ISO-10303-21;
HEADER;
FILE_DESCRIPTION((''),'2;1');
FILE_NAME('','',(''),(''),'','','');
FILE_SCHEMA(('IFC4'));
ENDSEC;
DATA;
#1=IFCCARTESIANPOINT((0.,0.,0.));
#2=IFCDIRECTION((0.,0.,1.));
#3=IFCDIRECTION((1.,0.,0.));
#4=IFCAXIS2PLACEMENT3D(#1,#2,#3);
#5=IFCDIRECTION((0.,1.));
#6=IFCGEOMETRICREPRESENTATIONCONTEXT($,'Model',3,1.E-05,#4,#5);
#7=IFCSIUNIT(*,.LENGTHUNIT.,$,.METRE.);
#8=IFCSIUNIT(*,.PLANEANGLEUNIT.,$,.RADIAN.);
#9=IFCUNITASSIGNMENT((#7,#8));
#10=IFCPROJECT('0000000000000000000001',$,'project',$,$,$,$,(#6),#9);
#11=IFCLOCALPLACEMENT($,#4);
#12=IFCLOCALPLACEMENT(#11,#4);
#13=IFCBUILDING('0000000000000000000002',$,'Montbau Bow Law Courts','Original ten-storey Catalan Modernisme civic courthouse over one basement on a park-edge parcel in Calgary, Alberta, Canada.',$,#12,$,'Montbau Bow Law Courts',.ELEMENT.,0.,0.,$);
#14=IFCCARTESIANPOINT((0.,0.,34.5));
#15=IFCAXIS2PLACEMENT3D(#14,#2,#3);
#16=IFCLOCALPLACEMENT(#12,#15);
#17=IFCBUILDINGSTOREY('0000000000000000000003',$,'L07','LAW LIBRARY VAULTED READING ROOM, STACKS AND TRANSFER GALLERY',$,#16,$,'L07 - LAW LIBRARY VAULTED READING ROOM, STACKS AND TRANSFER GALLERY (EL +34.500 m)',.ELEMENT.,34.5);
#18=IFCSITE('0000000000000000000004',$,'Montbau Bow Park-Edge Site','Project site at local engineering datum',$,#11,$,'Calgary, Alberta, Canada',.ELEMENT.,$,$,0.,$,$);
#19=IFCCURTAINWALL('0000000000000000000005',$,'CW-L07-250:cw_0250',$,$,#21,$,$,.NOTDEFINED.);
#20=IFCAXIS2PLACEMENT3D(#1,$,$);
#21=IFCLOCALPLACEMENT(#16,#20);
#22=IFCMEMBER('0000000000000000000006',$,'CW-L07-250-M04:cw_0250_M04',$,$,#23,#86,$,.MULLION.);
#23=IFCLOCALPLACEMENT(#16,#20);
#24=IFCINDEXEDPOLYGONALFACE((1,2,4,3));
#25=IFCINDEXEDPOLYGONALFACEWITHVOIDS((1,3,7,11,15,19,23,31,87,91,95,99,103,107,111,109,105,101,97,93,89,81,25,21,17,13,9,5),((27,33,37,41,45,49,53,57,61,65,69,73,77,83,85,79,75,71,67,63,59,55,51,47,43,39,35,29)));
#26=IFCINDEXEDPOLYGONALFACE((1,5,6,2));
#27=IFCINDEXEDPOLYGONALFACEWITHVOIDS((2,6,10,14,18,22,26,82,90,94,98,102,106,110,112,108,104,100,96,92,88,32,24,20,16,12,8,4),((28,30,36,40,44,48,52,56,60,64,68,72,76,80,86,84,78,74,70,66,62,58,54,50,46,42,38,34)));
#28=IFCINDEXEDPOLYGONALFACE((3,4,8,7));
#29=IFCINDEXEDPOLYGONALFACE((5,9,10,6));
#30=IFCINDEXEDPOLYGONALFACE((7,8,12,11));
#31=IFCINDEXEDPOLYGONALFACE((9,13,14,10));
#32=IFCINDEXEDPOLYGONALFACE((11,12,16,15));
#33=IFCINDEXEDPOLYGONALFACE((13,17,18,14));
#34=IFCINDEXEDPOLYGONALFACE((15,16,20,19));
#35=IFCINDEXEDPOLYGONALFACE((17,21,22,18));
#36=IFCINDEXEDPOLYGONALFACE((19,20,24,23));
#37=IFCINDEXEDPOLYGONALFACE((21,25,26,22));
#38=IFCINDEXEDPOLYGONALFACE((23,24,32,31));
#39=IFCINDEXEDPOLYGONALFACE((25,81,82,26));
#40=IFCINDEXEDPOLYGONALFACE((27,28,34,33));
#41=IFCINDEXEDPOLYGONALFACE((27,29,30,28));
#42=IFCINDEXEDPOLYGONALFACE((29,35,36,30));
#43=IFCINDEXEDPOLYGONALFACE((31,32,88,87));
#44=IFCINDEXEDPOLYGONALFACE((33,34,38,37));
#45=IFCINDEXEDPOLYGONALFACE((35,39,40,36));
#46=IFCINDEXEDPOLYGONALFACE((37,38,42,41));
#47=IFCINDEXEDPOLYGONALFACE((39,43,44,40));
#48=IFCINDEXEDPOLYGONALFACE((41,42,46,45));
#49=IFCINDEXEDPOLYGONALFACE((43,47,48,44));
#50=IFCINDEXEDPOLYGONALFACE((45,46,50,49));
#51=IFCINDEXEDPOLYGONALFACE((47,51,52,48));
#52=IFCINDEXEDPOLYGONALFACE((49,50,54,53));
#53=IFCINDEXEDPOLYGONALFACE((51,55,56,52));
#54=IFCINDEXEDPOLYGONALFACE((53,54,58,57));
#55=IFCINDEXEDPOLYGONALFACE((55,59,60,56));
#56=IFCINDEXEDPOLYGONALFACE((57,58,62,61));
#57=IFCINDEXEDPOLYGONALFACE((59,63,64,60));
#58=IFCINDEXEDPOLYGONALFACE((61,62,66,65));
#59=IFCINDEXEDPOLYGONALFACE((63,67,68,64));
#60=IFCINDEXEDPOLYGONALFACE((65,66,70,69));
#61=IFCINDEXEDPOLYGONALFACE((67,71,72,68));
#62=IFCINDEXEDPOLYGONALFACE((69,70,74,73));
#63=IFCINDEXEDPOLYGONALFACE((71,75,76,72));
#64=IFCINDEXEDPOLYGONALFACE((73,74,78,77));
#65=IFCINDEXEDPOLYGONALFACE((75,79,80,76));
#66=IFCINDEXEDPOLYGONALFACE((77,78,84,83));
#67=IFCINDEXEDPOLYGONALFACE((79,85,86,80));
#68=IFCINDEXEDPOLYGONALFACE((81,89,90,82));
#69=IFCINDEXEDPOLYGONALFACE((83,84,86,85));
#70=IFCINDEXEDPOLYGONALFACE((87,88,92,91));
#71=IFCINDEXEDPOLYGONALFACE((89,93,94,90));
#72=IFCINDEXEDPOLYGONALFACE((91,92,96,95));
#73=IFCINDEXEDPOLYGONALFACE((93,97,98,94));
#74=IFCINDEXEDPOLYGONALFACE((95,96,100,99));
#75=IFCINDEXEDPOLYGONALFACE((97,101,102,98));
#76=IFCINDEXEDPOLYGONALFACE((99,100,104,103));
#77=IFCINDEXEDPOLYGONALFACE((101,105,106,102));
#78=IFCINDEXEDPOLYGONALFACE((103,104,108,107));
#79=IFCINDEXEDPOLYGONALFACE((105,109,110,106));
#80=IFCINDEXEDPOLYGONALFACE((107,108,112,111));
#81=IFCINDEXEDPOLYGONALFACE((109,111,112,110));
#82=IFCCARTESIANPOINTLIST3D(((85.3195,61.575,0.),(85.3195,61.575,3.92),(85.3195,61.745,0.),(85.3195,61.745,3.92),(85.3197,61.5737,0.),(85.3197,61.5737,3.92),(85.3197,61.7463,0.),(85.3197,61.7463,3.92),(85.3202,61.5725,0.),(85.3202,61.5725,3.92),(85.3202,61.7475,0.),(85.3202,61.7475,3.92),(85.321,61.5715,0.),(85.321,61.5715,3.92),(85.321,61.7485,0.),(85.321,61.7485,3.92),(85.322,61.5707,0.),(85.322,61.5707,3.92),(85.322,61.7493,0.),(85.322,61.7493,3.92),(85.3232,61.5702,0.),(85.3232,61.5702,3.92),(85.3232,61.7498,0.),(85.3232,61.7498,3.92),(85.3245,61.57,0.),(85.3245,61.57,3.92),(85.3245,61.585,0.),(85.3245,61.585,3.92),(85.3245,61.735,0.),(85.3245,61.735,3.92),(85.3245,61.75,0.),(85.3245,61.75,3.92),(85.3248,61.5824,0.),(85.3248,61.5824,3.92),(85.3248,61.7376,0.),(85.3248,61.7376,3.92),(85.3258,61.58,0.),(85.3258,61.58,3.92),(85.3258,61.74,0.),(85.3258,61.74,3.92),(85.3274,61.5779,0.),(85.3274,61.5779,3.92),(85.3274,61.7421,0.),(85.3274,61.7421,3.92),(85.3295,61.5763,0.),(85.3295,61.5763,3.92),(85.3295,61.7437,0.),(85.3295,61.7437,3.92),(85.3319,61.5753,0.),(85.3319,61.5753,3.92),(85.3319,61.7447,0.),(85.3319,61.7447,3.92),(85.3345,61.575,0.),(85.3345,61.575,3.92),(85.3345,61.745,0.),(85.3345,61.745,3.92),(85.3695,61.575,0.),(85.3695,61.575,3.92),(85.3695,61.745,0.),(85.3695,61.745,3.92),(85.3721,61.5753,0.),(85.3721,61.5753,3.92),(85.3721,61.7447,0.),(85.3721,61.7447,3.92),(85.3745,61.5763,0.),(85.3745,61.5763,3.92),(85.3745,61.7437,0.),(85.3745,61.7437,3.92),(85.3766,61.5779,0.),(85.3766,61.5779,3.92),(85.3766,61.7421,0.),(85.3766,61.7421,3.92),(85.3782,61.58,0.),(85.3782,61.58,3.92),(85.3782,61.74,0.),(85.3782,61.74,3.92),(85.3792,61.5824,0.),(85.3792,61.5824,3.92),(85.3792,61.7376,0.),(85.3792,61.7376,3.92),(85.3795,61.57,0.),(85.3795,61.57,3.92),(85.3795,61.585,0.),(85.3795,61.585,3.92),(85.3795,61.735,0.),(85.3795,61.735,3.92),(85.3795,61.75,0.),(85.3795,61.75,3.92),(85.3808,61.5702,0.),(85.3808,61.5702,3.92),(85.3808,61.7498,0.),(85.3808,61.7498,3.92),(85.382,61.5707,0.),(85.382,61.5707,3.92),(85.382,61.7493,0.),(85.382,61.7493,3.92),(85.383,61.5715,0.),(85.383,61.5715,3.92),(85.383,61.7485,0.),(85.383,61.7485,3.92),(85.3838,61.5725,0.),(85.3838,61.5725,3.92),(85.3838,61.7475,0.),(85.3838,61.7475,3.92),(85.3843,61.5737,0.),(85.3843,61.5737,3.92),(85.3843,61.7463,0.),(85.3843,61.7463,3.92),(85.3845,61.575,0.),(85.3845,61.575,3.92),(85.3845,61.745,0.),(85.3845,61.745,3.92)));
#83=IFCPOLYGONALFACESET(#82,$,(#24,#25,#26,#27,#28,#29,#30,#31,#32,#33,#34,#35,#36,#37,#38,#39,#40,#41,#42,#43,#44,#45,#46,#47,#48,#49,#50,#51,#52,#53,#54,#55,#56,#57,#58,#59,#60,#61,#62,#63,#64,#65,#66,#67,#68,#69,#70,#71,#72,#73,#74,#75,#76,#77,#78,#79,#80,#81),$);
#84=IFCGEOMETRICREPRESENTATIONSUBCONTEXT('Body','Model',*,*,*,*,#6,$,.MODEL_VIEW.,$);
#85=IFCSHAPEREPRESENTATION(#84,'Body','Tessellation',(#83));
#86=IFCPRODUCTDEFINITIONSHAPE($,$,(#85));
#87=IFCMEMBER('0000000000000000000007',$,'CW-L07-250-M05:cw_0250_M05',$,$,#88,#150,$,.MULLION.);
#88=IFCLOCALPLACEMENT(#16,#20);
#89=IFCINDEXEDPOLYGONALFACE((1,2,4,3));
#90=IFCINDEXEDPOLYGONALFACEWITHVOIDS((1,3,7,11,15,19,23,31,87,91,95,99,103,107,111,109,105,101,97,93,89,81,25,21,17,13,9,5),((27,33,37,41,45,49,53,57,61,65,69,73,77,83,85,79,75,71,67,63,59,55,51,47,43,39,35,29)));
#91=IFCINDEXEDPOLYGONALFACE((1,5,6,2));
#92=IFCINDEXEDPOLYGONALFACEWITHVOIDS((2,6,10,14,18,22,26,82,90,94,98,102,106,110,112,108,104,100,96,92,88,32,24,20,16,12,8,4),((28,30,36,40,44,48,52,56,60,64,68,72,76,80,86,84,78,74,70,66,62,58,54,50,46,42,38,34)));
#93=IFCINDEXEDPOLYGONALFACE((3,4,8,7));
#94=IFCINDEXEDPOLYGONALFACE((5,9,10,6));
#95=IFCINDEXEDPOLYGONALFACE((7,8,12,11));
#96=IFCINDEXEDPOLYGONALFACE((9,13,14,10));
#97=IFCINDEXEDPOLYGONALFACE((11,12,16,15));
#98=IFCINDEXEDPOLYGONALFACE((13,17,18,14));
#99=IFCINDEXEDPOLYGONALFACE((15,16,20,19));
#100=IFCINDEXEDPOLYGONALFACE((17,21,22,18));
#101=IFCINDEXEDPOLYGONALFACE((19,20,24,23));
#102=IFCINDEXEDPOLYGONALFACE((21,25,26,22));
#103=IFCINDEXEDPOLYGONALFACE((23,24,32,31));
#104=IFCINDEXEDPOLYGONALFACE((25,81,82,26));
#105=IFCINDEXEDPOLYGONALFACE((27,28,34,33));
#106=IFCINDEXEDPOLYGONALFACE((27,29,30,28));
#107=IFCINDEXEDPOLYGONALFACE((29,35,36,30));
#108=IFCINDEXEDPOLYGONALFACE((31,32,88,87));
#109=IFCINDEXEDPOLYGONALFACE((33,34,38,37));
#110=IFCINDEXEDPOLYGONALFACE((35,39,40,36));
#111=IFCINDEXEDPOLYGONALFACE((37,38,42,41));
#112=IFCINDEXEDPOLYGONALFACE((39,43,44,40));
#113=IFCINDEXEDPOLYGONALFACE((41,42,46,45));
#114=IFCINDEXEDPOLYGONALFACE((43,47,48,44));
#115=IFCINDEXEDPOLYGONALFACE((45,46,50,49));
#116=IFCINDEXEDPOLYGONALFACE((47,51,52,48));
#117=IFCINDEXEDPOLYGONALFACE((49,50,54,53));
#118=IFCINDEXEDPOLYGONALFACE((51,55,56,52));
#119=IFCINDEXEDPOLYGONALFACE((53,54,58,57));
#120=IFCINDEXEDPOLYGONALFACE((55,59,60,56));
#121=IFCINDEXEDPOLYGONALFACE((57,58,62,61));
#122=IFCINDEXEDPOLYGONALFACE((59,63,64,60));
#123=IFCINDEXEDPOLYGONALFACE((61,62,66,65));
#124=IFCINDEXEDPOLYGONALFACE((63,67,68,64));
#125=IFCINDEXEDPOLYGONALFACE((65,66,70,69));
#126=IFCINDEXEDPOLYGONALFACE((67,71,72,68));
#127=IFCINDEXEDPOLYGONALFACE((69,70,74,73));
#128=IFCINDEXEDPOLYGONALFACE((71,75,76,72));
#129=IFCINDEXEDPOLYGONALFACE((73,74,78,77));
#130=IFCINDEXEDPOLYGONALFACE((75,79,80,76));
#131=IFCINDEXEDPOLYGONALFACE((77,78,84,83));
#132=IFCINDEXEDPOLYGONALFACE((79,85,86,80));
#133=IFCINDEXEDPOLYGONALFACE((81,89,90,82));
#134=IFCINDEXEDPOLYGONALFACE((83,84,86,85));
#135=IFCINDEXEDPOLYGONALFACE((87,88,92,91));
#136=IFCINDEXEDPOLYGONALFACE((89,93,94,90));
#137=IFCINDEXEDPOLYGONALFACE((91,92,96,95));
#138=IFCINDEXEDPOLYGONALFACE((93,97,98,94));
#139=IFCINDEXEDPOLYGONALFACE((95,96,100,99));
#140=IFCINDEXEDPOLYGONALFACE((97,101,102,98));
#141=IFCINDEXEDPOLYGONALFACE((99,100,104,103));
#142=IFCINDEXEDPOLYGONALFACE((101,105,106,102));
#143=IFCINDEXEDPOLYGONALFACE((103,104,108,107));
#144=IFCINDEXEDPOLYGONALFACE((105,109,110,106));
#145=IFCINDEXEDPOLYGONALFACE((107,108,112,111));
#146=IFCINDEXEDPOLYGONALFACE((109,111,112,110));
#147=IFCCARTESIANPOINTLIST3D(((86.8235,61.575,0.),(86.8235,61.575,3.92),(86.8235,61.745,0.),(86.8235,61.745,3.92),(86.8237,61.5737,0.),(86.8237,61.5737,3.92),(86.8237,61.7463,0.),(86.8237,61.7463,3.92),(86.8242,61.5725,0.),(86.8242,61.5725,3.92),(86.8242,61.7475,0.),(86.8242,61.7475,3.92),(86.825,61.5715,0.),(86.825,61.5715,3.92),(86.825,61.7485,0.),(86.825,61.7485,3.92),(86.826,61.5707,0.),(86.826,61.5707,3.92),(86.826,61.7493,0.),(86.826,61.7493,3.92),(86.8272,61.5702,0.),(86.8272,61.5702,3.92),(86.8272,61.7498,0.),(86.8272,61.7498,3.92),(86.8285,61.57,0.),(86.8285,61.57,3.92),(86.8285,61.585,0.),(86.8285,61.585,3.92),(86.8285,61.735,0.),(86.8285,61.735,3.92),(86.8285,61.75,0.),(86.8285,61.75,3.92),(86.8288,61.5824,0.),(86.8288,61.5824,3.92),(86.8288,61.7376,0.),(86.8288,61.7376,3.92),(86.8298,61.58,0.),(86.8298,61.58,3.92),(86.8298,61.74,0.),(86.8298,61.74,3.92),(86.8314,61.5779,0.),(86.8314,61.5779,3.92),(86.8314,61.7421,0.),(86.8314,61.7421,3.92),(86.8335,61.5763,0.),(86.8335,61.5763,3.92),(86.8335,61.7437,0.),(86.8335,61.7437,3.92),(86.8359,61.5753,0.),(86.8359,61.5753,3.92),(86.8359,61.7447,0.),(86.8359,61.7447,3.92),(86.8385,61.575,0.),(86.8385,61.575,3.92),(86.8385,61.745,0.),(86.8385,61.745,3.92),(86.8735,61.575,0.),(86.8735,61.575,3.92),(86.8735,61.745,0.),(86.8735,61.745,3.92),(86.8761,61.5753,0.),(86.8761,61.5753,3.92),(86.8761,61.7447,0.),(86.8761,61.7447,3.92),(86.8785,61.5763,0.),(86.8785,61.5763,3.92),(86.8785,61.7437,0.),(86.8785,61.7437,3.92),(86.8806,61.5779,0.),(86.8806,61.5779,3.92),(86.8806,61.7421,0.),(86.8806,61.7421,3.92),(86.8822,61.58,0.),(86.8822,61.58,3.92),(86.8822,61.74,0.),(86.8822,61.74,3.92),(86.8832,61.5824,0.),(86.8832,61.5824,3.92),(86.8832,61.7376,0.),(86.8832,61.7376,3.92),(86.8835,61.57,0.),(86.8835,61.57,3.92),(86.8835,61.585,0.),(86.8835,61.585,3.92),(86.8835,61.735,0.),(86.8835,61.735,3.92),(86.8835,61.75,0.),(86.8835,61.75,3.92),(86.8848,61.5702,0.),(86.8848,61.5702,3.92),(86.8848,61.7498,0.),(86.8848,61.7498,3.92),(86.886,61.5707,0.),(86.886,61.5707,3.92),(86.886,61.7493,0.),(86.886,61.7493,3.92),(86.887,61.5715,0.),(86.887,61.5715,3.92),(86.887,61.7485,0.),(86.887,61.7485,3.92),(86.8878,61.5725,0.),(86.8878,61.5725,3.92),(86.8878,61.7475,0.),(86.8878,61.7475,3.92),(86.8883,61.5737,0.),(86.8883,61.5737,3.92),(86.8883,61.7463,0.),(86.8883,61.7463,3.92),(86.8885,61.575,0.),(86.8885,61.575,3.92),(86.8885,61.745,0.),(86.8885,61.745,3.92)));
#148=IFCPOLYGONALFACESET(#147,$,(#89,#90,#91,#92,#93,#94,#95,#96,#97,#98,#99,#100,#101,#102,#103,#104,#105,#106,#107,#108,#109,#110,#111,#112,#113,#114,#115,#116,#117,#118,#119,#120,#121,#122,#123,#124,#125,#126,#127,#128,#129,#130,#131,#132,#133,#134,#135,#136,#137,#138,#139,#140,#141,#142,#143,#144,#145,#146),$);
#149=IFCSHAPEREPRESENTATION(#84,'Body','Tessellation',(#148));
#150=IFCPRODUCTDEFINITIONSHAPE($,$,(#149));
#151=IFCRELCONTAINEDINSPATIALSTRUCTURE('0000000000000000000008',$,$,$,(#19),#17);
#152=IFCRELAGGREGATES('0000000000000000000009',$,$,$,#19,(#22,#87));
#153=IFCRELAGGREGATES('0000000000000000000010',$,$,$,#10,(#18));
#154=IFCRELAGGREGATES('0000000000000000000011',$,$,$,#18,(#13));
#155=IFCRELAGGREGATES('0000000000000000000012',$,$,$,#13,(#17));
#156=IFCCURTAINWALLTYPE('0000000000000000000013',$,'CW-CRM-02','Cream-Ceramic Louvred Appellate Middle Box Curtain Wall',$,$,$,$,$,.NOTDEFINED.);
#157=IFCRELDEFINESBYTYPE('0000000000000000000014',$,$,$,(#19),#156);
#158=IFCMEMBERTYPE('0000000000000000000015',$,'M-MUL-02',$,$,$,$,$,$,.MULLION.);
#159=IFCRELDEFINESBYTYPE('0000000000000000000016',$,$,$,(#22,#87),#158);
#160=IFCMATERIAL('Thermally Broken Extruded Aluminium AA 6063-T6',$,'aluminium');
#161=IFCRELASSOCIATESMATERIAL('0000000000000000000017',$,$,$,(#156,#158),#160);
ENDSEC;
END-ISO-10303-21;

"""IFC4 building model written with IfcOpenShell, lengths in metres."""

from ifc_helpers import new_model, si_unit, direction, frame, origin_with_axes, origin_2d_with_axis, place, context, subcontext, project, spatial, hollow_rectangle, extrude, material, material_profile, profile_set, type_object, element, aggregate, save


model = new_model("IFC4")

# Units and contexts
model_context = context("Model", 3, precision=1e-05, world=origin_with_axes(), true_north=direction((0.0, 1.0)))
body_context = subcontext(model_context, "Body", "Model", "MODEL_VIEW")
ifc_project = project(units=[si_unit("LENGTHUNIT", "METRE"), si_unit("PLANEANGLEUNIT", "RADIAN")], contexts=[model_context])

# Site, building, storey
site_placement = place(None, origin_with_axes())
site = spatial("IfcSite", under=ifc_project, at=site_placement, Name="Montbau Bow Park-Edge Site", Description="Project site at local engineering datum", LongName="Calgary, Alberta, Canada", CompositionType="ELEMENT", RefElevation=0.0)
building_placement = place(site_placement, origin_with_axes())
building = spatial("IfcBuilding", under=site, at=building_placement, Name="Montbau Bow Law Courts", Description="Original ten-storey Catalan Modernisme civic courthouse over one basement on a park-edge parcel in Calgary, Alberta, Canada.", LongName="Montbau Bow Law Courts", CompositionType="ELEMENT", ElevationOfRefHeight=0.0, ElevationOfTerrain=0.0)
storey_placement = place(building_placement, frame((0.0, 0.0, 34.5), z_axis=(0.0, 0.0, 1.0), x_axis=(1.0, 0.0, 0.0)))
storey = spatial("IfcBuildingStorey", under=building, at=storey_placement, Name="L07", Description="LAW LIBRARY VAULTED READING ROOM, STACKS AND TRANSFER GALLERY", LongName="L07 - LAW LIBRARY VAULTED READING ROOM, STACKS AND TRANSFER GALLERY (EL +34.500 m)", CompositionType="ELEMENT", Elevation=34.5)

# Curtain wall, members
ifc_material_1 = material(Name="Thermally Broken Extruded Aluminium AA 6063-T6", Category="aluminium")
curtain_wall_type = type_object("IfcCurtainWallType", Name="CW-CRM-02", Description="Cream-Ceramic Louvred Appellate Middle Box Curtain Wall", PredefinedType="NOTDEFINED", material=ifc_material_1)
curtain_wall_1_placement = place(None, frame((80.84, 61.66, 34.5), z_axis=(0.0, 0.0, 1.0), x_axis=(1.0, 0.0, 0.0)))
curtain_wall_1 = element("IfcCurtainWall", 1, at=curtain_wall_1_placement, inside=storey, type_object=curtain_wall_type, Name="CW-L07-250:cw_0250", PredefinedType="NOTDEFINED")
ifc_material_profile_1 = material_profile(ifc_material_1, hollow_rectangle(XDim=0.065, YDim=0.18, WallThickness=0.005, InnerFilletRadius=0.01, OuterFilletRadius=0.005, at=origin_2d_with_axis()), Name="CWM-180X65", Category="Main", Priority=0)
ifc_profile_set_1 = profile_set([ifc_material_profile_1], Name="Thermally Broken Extruded Aluminium AA 6063-T6")
member_type_1 = type_object("IfcMemberType", Name="M-MUL-02", PredefinedType="MULLION", material=ifc_profile_set_1)
member_1_placement = place(None, frame((85.352, 61.66, 34.5), z_axis=(0.0, 0.0, 1.0), x_axis=(1.0, 0.0, 0.0)))
member_1 = element("IfcMember", 2, at=member_1_placement, type_object=member_type_1, Name="CW-L07-250-M04:cw_0250_M04", PredefinedType="MULLION", context=body_context, shape_type="SweptSolid", body=[
    extrude(hollow_rectangle(XDim=0.065, YDim=0.18, WallThickness=0.005, InnerFilletRadius=0.01, OuterFilletRadius=0.005, at=origin_2d_with_axis()), origin_with_axes(), (0.0, 0.0, 1.0), 3.92),
])
member_2_placement = place(None, frame((86.856, 61.66, 34.5), z_axis=(0.0, 0.0, 1.0), x_axis=(1.0, 0.0, 0.0)))
member_2 = element("IfcMember", 3, at=member_2_placement, type_object=member_type_1, Name="CW-L07-250-M05:cw_0250_M05", PredefinedType="MULLION", context=body_context, shape_type="SweptSolid", body=[
    extrude(hollow_rectangle(XDim=0.065, YDim=0.18, WallThickness=0.005, InnerFilletRadius=0.01, OuterFilletRadius=0.005, at=origin_2d_with_axis()), origin_with_axes(), (0.0, 0.0, 1.0), 3.92),
])

aggregate(curtain_wall_1, [member_1, member_2])

save(model, "model.ifc")
